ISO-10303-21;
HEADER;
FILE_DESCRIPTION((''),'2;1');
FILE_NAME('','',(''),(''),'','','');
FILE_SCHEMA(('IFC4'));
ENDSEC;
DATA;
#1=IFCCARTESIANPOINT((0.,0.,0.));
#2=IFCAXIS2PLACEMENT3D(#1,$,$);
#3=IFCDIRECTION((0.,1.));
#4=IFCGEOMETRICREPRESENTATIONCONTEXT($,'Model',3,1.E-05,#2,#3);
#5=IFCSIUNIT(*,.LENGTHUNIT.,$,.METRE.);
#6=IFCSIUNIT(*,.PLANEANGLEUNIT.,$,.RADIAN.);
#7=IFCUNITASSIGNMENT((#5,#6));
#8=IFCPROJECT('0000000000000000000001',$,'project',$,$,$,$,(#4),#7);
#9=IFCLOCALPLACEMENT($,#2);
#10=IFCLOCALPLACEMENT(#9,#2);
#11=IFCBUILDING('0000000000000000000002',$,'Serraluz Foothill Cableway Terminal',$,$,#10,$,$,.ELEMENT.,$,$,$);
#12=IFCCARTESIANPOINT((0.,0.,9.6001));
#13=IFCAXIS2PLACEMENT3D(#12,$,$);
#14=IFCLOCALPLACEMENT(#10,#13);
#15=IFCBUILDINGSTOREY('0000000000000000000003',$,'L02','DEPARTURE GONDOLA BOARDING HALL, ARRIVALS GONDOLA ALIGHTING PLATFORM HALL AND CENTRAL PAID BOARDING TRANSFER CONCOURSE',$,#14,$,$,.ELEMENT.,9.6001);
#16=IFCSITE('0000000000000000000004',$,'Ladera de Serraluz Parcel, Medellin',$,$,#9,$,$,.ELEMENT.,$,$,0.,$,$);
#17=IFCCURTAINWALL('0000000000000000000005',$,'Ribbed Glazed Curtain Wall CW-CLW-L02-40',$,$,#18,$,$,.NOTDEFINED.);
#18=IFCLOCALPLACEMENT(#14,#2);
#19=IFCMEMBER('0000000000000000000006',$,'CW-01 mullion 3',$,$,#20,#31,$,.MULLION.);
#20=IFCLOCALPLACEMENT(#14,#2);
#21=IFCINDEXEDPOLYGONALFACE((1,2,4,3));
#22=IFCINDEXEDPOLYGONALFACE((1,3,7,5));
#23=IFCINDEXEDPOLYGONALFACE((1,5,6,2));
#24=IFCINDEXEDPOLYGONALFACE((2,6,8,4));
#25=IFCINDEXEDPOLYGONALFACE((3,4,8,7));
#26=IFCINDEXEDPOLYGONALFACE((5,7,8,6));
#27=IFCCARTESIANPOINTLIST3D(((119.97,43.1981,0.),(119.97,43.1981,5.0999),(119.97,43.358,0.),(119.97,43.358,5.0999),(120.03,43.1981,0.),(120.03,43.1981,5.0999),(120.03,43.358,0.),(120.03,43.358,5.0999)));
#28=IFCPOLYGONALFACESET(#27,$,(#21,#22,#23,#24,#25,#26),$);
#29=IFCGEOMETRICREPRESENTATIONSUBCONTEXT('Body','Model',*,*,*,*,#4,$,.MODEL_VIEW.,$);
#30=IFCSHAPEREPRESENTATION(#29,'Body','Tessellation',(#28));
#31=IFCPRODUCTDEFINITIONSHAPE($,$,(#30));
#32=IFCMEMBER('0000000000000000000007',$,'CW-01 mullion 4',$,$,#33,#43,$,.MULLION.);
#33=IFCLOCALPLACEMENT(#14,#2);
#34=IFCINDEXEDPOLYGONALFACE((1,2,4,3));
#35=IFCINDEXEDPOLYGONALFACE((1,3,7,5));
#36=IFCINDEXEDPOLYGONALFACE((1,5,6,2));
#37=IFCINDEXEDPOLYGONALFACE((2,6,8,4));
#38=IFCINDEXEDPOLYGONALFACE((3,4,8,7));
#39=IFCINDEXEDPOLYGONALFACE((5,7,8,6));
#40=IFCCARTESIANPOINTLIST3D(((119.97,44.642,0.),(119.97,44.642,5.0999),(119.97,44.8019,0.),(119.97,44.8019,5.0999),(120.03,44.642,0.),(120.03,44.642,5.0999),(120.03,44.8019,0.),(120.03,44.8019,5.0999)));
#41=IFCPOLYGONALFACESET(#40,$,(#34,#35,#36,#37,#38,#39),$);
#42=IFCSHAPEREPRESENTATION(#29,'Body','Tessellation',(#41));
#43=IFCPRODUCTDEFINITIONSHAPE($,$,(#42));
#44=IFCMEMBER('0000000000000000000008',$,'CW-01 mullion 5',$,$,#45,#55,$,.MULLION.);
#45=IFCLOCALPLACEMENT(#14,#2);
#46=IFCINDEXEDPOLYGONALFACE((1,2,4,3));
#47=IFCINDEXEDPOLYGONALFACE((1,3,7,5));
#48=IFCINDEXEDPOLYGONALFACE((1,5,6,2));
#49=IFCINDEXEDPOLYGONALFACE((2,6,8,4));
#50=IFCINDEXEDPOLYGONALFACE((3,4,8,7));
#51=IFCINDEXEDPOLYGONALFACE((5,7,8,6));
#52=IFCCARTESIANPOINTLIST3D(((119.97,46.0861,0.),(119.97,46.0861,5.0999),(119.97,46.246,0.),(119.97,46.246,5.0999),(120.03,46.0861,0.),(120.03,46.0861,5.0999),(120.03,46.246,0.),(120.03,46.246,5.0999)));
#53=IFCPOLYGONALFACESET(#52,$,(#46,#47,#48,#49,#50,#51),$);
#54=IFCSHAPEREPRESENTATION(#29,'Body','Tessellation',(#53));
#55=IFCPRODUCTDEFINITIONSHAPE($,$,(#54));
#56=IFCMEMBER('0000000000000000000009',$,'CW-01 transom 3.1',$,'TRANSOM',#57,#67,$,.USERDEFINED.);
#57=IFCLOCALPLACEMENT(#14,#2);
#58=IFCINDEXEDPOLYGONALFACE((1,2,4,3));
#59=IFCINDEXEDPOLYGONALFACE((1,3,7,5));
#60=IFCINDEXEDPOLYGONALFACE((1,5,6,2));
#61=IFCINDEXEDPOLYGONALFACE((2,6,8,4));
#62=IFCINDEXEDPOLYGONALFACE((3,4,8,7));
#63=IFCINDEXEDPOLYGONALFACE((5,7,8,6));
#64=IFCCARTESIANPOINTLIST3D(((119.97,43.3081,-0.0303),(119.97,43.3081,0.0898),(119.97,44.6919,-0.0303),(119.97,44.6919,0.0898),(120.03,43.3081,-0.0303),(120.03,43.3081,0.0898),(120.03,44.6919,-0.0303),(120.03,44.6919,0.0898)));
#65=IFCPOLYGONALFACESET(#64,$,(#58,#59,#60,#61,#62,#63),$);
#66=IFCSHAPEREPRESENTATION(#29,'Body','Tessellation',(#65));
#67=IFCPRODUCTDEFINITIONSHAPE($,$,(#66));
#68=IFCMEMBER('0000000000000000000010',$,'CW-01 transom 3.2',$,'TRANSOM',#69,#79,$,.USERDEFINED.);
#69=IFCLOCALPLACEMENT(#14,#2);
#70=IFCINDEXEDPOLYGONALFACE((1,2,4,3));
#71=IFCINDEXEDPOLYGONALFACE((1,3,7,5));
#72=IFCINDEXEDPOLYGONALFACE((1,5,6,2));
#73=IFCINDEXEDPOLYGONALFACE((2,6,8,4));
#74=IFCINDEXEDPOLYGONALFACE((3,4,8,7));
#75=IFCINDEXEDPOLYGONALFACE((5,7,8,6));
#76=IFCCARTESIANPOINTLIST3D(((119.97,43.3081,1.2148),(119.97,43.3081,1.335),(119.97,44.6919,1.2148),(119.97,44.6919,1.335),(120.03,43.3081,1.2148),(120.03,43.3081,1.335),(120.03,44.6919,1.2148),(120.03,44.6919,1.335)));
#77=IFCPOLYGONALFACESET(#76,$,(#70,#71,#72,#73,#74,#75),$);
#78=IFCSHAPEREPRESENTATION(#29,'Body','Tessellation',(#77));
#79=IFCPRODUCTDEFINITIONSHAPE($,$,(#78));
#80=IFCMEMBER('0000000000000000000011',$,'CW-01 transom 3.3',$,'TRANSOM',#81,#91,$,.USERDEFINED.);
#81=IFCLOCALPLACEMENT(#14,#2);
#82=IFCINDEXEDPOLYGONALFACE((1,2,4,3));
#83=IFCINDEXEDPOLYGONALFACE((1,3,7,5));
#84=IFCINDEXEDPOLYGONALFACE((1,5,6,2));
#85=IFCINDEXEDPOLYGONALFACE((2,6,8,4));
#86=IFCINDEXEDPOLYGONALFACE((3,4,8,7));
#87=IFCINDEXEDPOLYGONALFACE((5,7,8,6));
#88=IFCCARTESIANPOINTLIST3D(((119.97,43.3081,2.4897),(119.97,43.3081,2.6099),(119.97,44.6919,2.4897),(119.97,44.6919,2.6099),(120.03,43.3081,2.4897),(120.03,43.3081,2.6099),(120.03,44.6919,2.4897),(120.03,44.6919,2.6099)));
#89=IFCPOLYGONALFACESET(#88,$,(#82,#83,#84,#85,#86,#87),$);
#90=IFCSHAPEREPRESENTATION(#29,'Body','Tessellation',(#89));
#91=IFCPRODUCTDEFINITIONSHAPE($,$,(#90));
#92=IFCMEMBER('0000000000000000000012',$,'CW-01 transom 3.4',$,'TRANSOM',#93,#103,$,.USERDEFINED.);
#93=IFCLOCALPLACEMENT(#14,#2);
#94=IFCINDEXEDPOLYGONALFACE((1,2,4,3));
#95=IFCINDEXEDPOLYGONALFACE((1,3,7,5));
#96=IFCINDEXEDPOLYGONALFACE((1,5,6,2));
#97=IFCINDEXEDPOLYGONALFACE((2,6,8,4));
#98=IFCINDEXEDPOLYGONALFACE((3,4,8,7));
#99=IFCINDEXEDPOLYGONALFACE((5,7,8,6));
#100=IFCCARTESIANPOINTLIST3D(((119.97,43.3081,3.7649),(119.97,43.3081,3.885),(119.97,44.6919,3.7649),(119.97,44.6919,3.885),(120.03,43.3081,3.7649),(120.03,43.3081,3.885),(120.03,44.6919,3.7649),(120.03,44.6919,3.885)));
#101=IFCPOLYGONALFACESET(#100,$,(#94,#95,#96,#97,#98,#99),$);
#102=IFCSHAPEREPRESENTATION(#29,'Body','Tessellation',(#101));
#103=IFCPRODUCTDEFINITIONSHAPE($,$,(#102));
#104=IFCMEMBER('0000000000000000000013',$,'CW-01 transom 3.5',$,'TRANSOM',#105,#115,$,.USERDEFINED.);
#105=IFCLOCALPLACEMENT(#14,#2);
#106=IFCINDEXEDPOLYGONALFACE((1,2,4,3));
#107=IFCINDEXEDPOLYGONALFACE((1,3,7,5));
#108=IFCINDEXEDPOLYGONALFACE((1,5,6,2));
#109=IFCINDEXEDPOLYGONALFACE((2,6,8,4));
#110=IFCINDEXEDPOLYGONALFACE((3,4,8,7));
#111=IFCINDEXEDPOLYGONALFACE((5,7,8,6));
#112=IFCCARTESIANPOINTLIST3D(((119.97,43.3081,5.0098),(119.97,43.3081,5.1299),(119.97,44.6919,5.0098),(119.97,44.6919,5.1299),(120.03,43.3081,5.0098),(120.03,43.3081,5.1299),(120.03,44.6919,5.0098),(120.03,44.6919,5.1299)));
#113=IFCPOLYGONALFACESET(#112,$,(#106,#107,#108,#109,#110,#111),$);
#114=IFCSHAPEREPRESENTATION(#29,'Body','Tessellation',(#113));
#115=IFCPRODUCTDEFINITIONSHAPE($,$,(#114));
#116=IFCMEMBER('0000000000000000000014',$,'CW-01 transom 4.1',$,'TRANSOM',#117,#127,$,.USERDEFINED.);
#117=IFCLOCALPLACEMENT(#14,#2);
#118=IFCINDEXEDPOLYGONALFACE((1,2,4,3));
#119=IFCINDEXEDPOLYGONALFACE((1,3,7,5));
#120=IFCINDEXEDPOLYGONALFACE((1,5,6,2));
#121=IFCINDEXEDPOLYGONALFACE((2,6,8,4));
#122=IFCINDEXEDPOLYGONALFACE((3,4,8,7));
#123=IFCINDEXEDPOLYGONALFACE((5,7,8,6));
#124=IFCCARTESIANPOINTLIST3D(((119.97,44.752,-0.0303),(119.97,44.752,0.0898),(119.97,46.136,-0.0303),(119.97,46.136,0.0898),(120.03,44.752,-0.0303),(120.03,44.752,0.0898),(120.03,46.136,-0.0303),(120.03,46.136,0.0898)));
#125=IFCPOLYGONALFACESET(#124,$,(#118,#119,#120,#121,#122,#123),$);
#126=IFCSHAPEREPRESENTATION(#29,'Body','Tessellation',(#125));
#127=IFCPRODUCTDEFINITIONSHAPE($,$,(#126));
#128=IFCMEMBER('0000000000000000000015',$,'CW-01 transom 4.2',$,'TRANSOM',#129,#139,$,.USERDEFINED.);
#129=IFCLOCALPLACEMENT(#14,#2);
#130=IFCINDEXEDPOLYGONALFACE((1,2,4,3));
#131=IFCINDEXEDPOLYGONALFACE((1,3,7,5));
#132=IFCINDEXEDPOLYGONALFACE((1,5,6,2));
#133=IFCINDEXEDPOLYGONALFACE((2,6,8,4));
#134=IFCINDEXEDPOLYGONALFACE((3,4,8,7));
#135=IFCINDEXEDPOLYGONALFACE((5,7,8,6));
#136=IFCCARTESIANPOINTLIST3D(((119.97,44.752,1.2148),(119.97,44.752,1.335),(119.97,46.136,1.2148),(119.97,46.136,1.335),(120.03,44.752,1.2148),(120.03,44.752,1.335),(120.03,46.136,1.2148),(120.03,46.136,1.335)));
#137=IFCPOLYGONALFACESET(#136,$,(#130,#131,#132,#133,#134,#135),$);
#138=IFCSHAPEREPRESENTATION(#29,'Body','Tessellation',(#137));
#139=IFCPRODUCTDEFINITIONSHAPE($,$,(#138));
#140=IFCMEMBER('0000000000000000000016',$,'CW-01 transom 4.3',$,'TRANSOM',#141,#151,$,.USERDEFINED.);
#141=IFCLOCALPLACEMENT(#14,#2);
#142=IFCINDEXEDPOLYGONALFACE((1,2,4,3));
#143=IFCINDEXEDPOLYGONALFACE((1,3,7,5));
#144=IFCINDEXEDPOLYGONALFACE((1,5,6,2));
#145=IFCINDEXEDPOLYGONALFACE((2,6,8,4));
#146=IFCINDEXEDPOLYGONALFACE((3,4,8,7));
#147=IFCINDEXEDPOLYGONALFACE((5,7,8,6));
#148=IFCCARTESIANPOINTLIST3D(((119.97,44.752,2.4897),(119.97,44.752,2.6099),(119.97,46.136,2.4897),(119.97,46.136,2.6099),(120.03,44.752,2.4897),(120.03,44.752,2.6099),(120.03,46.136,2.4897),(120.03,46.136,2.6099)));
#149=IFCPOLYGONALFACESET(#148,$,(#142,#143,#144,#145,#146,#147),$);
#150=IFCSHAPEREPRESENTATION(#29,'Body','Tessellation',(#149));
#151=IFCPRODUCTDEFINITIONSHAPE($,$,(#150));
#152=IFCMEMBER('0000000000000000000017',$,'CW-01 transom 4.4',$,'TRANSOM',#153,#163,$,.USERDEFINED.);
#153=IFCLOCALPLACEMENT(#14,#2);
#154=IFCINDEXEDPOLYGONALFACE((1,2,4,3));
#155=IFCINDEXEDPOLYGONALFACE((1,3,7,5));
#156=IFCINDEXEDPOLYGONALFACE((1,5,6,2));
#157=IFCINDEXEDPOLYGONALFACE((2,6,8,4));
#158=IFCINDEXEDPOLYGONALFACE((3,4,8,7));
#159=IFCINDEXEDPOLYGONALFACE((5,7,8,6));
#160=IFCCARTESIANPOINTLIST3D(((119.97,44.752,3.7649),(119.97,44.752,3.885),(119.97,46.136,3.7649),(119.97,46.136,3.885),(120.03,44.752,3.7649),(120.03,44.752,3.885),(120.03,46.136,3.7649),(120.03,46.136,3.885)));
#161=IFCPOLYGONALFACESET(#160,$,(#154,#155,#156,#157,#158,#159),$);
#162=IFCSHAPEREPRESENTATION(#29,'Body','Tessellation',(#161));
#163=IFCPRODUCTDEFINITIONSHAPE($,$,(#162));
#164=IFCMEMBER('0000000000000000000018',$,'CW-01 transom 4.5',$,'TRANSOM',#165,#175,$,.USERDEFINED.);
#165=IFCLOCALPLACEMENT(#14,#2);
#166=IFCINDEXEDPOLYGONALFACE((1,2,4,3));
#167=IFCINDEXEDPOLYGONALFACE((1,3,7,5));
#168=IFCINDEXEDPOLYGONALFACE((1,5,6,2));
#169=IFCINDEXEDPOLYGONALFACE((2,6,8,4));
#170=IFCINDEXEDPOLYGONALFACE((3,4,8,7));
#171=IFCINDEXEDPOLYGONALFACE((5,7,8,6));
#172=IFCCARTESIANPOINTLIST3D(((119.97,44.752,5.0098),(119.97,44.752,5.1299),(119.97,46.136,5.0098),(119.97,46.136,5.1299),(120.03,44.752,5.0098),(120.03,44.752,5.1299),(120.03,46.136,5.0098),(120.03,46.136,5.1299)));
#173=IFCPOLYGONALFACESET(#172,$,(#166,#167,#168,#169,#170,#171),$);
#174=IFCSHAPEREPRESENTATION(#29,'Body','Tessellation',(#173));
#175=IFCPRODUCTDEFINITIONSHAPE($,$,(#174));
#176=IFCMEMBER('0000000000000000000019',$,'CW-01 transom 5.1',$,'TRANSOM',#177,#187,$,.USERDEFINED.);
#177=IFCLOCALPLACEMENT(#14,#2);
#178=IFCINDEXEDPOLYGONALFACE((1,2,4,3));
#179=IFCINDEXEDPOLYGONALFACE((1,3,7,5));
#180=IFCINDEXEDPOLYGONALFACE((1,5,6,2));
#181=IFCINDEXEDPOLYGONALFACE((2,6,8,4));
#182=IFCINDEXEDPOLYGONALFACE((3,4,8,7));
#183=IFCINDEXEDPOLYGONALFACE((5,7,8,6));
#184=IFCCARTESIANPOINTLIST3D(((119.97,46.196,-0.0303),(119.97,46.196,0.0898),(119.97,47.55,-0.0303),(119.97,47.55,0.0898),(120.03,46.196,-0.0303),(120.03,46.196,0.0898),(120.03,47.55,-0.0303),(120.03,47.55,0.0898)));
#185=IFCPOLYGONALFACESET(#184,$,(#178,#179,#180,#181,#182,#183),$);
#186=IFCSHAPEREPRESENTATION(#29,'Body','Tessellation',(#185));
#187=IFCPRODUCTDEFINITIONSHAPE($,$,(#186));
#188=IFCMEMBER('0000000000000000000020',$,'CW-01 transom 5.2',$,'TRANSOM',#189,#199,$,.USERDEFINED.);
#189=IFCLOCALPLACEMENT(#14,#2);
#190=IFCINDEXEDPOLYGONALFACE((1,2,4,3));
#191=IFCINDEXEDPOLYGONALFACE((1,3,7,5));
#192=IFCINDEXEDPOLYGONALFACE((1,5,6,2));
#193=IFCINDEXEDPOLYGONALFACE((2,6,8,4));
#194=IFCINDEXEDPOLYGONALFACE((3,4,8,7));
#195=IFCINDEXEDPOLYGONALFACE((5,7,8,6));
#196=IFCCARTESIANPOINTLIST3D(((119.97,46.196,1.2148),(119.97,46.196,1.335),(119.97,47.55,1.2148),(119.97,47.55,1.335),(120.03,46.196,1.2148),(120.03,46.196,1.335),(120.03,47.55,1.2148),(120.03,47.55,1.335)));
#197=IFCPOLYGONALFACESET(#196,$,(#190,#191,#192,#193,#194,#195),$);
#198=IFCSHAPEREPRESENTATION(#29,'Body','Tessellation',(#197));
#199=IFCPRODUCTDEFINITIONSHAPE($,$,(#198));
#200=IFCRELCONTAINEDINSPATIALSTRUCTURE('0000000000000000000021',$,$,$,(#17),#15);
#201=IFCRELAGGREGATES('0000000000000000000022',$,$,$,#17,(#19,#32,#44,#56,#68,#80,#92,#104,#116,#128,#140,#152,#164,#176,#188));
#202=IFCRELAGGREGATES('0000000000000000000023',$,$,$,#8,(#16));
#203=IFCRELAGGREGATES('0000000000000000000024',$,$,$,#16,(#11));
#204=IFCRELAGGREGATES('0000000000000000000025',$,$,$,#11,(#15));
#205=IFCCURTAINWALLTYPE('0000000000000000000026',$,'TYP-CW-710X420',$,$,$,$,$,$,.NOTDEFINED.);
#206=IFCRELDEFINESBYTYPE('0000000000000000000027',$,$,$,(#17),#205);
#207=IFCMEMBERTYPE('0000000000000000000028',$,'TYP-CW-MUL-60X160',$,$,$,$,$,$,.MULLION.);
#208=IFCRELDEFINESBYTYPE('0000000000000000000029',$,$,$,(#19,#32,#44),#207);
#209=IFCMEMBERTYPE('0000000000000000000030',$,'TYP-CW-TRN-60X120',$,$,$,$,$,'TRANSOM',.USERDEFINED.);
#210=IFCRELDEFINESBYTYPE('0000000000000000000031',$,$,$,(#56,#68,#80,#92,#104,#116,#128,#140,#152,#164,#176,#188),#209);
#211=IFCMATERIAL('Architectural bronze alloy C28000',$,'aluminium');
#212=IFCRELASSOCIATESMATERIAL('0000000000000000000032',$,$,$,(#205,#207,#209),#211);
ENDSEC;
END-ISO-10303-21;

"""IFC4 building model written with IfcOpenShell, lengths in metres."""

from ifc_helpers import new_model, si_unit, direction, frame, origin, origin_2d, place, context, subcontext, project, spatial, rectangle, extrude, material, material_profile, profile_set, type_object, element, aggregate, save


model = new_model("IFC4")

# Units and contexts
model_context = context("Model", 3, precision=1e-05, world=origin(), true_north=direction((0.0, 1.0)))
body_context = subcontext(model_context, "Body", "Model", "MODEL_VIEW")
ifc_project = project(units=[si_unit("LENGTHUNIT", "METRE"), si_unit("PLANEANGLEUNIT", "RADIAN")], contexts=[model_context])

# Site, building, storey
site_placement = place(None, origin())
site = spatial("IfcSite", under=ifc_project, at=site_placement, Name="Ladera de Serraluz Parcel, Medellin", CompositionType="ELEMENT", RefElevation=0.0)
building_placement = place(site_placement, origin())
building = spatial("IfcBuilding", under=site, at=building_placement, Name="Serraluz Foothill Cableway Terminal", CompositionType="ELEMENT")
storey_placement = place(building_placement, frame((0.0, 0.0, 9.6001)))
storey = spatial("IfcBuildingStorey", under=building, at=storey_placement, Name="L02", Description="DEPARTURE GONDOLA BOARDING HALL, ARRIVALS GONDOLA ALIGHTING PLATFORM HALL AND CENTRAL PAID BOARDING TRANSFER CONCOURSE", CompositionType="ELEMENT", Elevation=9.6001)

# Curtain wall, members
ifc_material_1 = material(Name="Architectural bronze alloy C28000", Category="aluminium")
curtain_wall_type = type_object("IfcCurtainWallType", Name="TYP-CW-710X420", PredefinedType="NOTDEFINED", material=ifc_material_1)
curtain_wall_placement = place(storey_placement, origin())
curtain_wall = element("IfcCurtainWall", 1, at=curtain_wall_placement, inside=storey, type_object=curtain_wall_type, Name="Ribbed Glazed Curtain Wall CW-CLW-L02-40", PredefinedType="NOTDEFINED")
ifc_material_profile_1 = material_profile(ifc_material_1, rectangle(XDim=0.0601, YDim=0.1599, at=origin_2d()), Name="ALU MULLION 60x160")
ifc_profile_set_1 = profile_set([ifc_material_profile_1], Name="Architectural bronze alloy C28000")
member_type_1 = type_object("IfcMemberType", Name="TYP-CW-MUL-60X160", PredefinedType="MULLION", material=ifc_profile_set_1)
member_1_placement = place(storey_placement, frame((120.0, 43.2781, 0.0), z_axis=(0.0, 0.0, 1.0), x_axis=(-1.0, 0.0, 0.0)))
member_1 = element("IfcMember", 2, at=member_1_placement, type_object=member_type_1, Name="CW-01 mullion 3", PredefinedType="MULLION", context=body_context, shape_type="SweptSolid", body=[
    extrude(rectangle(XDim=0.0601, YDim=0.1599, at=origin_2d()), origin(), (0.0, 0.0, 1.0), 5.0999),
])
member_2_placement = place(storey_placement, frame((120.0, 44.7219, 0.0), z_axis=(0.0, 0.0, 1.0), x_axis=(-1.0, 0.0, 0.0)))
member_2 = element("IfcMember", 3, at=member_2_placement, type_object=member_type_1, Name="CW-01 mullion 4", PredefinedType="MULLION", context=body_context, shape_type="SweptSolid", body=[
    extrude(rectangle(XDim=0.0601, YDim=0.1599, at=origin_2d()), origin(), (0.0, 0.0, 1.0), 5.0999),
])
member_3_placement = place(storey_placement, frame((120.0, 46.166, 0.0), z_axis=(0.0, 0.0, 1.0), x_axis=(-1.0, 0.0, 0.0)))
member_3 = element("IfcMember", 4, at=member_3_placement, type_object=member_type_1, Name="CW-01 mullion 5", PredefinedType="MULLION", context=body_context, shape_type="SweptSolid", body=[
    extrude(rectangle(XDim=0.0601, YDim=0.1599, at=origin_2d()), origin(), (0.0, 0.0, 1.0), 5.0999),
])
ifc_material_profile_2 = material_profile(ifc_material_1, rectangle(XDim=0.0601, YDim=0.1201, at=origin_2d()), Name="ALU TRANSOM 60x120")
ifc_profile_set_2 = profile_set([ifc_material_profile_2], Name="Architectural bronze alloy C28000")
member_type_2 = type_object("IfcMemberType", Name="TYP-CW-TRN-60X120", ElementType="TRANSOM", PredefinedType="USERDEFINED", material=ifc_profile_set_2)
member_4_placement = place(storey_placement, frame((120.0, 43.3081, 0.0298), z_axis=(0.0, 1.0, 0.0), x_axis=(-1.0, 0.0, 0.0)))
member_4 = element("IfcMember", 5, at=member_4_placement, type_object=member_type_2, Name="CW-01 transom 3.1", ObjectType="TRANSOM", PredefinedType="USERDEFINED", context=body_context, shape_type="SweptSolid", body=[
    extrude(rectangle(XDim=0.0601, YDim=0.1201, at=origin_2d()), origin(), (0.0, 0.0, 1.0), 1.3838),
])
member_5_placement = place(storey_placement, frame((120.0, 43.3081, 1.2749), z_axis=(0.0, 1.0, 0.0), x_axis=(-1.0, 0.0, 0.0)))
member_5 = element("IfcMember", 6, at=member_5_placement, type_object=member_type_2, Name="CW-01 transom 3.2", ObjectType="TRANSOM", PredefinedType="USERDEFINED", context=body_context, shape_type="SweptSolid", body=[
    extrude(rectangle(XDim=0.0601, YDim=0.1201, at=origin_2d()), origin(), (0.0, 0.0, 1.0), 1.3838),
])
member_6_placement = place(storey_placement, frame((120.0, 43.3081, 2.5498), z_axis=(0.0, 1.0, 0.0), x_axis=(-1.0, 0.0, 0.0)))
member_6 = element("IfcMember", 7, at=member_6_placement, type_object=member_type_2, Name="CW-01 transom 3.3", ObjectType="TRANSOM", PredefinedType="USERDEFINED", context=body_context, shape_type="SweptSolid", body=[
    extrude(rectangle(XDim=0.0601, YDim=0.1201, at=origin_2d()), origin(), (0.0, 0.0, 1.0), 1.3838),
])
member_7_placement = place(storey_placement, frame((120.0, 43.3081, 3.825), z_axis=(0.0, 1.0, 0.0), x_axis=(-1.0, 0.0, 0.0)))
member_7 = element("IfcMember", 8, at=member_7_placement, type_object=member_type_2, Name="CW-01 transom 3.4", ObjectType="TRANSOM", PredefinedType="USERDEFINED", context=body_context, shape_type="SweptSolid", body=[
    extrude(rectangle(XDim=0.0601, YDim=0.1201, at=origin_2d()), origin(), (0.0, 0.0, 1.0), 1.3838),
])
member_8_placement = place(storey_placement, frame((120.0, 43.3081, 5.0698), z_axis=(0.0, 1.0, 0.0), x_axis=(-1.0, 0.0, 0.0)))
member_8 = element("IfcMember", 9, at=member_8_placement, type_object=member_type_2, Name="CW-01 transom 3.5", ObjectType="TRANSOM", PredefinedType="USERDEFINED", context=body_context, shape_type="SweptSolid", body=[
    extrude(rectangle(XDim=0.0601, YDim=0.1201, at=origin_2d()), origin(), (0.0, 0.0, 1.0), 1.3838),
])
member_9_placement = place(storey_placement, frame((120.0, 44.752, 0.0298), z_axis=(0.0, 1.0, 0.0), x_axis=(-1.0, 0.0, 0.0)))
member_9 = element("IfcMember", 10, at=member_9_placement, type_object=member_type_2, Name="CW-01 transom 4.1", ObjectType="TRANSOM", PredefinedType="USERDEFINED", context=body_context, shape_type="SweptSolid", body=[
    extrude(rectangle(XDim=0.0601, YDim=0.1201, at=origin_2d()), origin(), (0.0, 0.0, 1.0), 1.384),
])
member_10_placement = place(storey_placement, frame((120.0, 44.752, 1.2749), z_axis=(0.0, 1.0, 0.0), x_axis=(-1.0, 0.0, 0.0)))
member_10 = element("IfcMember", 11, at=member_10_placement, type_object=member_type_2, Name="CW-01 transom 4.2", ObjectType="TRANSOM", PredefinedType="USERDEFINED", context=body_context, shape_type="SweptSolid", body=[
    extrude(rectangle(XDim=0.0601, YDim=0.1201, at=origin_2d()), origin(), (0.0, 0.0, 1.0), 1.384),
])
member_11_placement = place(storey_placement, frame((120.0, 44.752, 2.5498), z_axis=(0.0, 1.0, 0.0), x_axis=(-1.0, 0.0, 0.0)))
member_11 = element("IfcMember", 12, at=member_11_placement, type_object=member_type_2, Name="CW-01 transom 4.3", ObjectType="TRANSOM", PredefinedType="USERDEFINED", context=body_context, shape_type="SweptSolid", body=[
    extrude(rectangle(XDim=0.0601, YDim=0.1201, at=origin_2d()), origin(), (0.0, 0.0, 1.0), 1.384),
])
member_12_placement = place(storey_placement, frame((120.0, 44.752, 3.825), z_axis=(0.0, 1.0, 0.0), x_axis=(-1.0, 0.0, 0.0)))
member_12 = element("IfcMember", 13, at=member_12_placement, type_object=member_type_2, Name="CW-01 transom 4.4", ObjectType="TRANSOM", PredefinedType="USERDEFINED", context=body_context, shape_type="SweptSolid", body=[
    extrude(rectangle(XDim=0.0601, YDim=0.1201, at=origin_2d()), origin(), (0.0, 0.0, 1.0), 1.384),
])
member_13_placement = place(storey_placement, frame((120.0, 44.752, 5.0698), z_axis=(0.0, 1.0, 0.0), x_axis=(-1.0, 0.0, 0.0)))
member_13 = element("IfcMember", 14, at=member_13_placement, type_object=member_type_2, Name="CW-01 transom 4.5", ObjectType="TRANSOM", PredefinedType="USERDEFINED", context=body_context, shape_type="SweptSolid", body=[
    extrude(rectangle(XDim=0.0601, YDim=0.1201, at=origin_2d()), origin(), (0.0, 0.0, 1.0), 1.384),
])
member_14_placement = place(storey_placement, frame((120.0, 46.196, 0.0298), z_axis=(0.0, 1.0, 0.0), x_axis=(-1.0, 0.0, 0.0)))
member_14 = element("IfcMember", 15, at=member_14_placement, type_object=member_type_2, Name="CW-01 transom 5.1", ObjectType="TRANSOM", PredefinedType="USERDEFINED", context=body_context, shape_type="SweptSolid", body=[
    extrude(rectangle(XDim=0.0601, YDim=0.1201, at=origin_2d()), origin(), (0.0, 0.0, 1.0), 1.354),
])
member_15_placement = place(storey_placement, frame((120.0, 46.196, 1.2749), z_axis=(0.0, 1.0, 0.0), x_axis=(-1.0, 0.0, 0.0)))
member_15 = element("IfcMember", 16, at=member_15_placement, type_object=member_type_2, Name="CW-01 transom 5.2", ObjectType="TRANSOM", PredefinedType="USERDEFINED", context=body_context, shape_type="SweptSolid", body=[
    extrude(rectangle(XDim=0.0601, YDim=0.1201, at=origin_2d()), origin(), (0.0, 0.0, 1.0), 1.354),
])
aggregate(curtain_wall, [member_1, member_2, member_3, member_4, member_5, member_6, member_7, member_8, member_9, member_10, member_11, member_12, member_13, member_14, member_15])

save(model, "model.ifc")
